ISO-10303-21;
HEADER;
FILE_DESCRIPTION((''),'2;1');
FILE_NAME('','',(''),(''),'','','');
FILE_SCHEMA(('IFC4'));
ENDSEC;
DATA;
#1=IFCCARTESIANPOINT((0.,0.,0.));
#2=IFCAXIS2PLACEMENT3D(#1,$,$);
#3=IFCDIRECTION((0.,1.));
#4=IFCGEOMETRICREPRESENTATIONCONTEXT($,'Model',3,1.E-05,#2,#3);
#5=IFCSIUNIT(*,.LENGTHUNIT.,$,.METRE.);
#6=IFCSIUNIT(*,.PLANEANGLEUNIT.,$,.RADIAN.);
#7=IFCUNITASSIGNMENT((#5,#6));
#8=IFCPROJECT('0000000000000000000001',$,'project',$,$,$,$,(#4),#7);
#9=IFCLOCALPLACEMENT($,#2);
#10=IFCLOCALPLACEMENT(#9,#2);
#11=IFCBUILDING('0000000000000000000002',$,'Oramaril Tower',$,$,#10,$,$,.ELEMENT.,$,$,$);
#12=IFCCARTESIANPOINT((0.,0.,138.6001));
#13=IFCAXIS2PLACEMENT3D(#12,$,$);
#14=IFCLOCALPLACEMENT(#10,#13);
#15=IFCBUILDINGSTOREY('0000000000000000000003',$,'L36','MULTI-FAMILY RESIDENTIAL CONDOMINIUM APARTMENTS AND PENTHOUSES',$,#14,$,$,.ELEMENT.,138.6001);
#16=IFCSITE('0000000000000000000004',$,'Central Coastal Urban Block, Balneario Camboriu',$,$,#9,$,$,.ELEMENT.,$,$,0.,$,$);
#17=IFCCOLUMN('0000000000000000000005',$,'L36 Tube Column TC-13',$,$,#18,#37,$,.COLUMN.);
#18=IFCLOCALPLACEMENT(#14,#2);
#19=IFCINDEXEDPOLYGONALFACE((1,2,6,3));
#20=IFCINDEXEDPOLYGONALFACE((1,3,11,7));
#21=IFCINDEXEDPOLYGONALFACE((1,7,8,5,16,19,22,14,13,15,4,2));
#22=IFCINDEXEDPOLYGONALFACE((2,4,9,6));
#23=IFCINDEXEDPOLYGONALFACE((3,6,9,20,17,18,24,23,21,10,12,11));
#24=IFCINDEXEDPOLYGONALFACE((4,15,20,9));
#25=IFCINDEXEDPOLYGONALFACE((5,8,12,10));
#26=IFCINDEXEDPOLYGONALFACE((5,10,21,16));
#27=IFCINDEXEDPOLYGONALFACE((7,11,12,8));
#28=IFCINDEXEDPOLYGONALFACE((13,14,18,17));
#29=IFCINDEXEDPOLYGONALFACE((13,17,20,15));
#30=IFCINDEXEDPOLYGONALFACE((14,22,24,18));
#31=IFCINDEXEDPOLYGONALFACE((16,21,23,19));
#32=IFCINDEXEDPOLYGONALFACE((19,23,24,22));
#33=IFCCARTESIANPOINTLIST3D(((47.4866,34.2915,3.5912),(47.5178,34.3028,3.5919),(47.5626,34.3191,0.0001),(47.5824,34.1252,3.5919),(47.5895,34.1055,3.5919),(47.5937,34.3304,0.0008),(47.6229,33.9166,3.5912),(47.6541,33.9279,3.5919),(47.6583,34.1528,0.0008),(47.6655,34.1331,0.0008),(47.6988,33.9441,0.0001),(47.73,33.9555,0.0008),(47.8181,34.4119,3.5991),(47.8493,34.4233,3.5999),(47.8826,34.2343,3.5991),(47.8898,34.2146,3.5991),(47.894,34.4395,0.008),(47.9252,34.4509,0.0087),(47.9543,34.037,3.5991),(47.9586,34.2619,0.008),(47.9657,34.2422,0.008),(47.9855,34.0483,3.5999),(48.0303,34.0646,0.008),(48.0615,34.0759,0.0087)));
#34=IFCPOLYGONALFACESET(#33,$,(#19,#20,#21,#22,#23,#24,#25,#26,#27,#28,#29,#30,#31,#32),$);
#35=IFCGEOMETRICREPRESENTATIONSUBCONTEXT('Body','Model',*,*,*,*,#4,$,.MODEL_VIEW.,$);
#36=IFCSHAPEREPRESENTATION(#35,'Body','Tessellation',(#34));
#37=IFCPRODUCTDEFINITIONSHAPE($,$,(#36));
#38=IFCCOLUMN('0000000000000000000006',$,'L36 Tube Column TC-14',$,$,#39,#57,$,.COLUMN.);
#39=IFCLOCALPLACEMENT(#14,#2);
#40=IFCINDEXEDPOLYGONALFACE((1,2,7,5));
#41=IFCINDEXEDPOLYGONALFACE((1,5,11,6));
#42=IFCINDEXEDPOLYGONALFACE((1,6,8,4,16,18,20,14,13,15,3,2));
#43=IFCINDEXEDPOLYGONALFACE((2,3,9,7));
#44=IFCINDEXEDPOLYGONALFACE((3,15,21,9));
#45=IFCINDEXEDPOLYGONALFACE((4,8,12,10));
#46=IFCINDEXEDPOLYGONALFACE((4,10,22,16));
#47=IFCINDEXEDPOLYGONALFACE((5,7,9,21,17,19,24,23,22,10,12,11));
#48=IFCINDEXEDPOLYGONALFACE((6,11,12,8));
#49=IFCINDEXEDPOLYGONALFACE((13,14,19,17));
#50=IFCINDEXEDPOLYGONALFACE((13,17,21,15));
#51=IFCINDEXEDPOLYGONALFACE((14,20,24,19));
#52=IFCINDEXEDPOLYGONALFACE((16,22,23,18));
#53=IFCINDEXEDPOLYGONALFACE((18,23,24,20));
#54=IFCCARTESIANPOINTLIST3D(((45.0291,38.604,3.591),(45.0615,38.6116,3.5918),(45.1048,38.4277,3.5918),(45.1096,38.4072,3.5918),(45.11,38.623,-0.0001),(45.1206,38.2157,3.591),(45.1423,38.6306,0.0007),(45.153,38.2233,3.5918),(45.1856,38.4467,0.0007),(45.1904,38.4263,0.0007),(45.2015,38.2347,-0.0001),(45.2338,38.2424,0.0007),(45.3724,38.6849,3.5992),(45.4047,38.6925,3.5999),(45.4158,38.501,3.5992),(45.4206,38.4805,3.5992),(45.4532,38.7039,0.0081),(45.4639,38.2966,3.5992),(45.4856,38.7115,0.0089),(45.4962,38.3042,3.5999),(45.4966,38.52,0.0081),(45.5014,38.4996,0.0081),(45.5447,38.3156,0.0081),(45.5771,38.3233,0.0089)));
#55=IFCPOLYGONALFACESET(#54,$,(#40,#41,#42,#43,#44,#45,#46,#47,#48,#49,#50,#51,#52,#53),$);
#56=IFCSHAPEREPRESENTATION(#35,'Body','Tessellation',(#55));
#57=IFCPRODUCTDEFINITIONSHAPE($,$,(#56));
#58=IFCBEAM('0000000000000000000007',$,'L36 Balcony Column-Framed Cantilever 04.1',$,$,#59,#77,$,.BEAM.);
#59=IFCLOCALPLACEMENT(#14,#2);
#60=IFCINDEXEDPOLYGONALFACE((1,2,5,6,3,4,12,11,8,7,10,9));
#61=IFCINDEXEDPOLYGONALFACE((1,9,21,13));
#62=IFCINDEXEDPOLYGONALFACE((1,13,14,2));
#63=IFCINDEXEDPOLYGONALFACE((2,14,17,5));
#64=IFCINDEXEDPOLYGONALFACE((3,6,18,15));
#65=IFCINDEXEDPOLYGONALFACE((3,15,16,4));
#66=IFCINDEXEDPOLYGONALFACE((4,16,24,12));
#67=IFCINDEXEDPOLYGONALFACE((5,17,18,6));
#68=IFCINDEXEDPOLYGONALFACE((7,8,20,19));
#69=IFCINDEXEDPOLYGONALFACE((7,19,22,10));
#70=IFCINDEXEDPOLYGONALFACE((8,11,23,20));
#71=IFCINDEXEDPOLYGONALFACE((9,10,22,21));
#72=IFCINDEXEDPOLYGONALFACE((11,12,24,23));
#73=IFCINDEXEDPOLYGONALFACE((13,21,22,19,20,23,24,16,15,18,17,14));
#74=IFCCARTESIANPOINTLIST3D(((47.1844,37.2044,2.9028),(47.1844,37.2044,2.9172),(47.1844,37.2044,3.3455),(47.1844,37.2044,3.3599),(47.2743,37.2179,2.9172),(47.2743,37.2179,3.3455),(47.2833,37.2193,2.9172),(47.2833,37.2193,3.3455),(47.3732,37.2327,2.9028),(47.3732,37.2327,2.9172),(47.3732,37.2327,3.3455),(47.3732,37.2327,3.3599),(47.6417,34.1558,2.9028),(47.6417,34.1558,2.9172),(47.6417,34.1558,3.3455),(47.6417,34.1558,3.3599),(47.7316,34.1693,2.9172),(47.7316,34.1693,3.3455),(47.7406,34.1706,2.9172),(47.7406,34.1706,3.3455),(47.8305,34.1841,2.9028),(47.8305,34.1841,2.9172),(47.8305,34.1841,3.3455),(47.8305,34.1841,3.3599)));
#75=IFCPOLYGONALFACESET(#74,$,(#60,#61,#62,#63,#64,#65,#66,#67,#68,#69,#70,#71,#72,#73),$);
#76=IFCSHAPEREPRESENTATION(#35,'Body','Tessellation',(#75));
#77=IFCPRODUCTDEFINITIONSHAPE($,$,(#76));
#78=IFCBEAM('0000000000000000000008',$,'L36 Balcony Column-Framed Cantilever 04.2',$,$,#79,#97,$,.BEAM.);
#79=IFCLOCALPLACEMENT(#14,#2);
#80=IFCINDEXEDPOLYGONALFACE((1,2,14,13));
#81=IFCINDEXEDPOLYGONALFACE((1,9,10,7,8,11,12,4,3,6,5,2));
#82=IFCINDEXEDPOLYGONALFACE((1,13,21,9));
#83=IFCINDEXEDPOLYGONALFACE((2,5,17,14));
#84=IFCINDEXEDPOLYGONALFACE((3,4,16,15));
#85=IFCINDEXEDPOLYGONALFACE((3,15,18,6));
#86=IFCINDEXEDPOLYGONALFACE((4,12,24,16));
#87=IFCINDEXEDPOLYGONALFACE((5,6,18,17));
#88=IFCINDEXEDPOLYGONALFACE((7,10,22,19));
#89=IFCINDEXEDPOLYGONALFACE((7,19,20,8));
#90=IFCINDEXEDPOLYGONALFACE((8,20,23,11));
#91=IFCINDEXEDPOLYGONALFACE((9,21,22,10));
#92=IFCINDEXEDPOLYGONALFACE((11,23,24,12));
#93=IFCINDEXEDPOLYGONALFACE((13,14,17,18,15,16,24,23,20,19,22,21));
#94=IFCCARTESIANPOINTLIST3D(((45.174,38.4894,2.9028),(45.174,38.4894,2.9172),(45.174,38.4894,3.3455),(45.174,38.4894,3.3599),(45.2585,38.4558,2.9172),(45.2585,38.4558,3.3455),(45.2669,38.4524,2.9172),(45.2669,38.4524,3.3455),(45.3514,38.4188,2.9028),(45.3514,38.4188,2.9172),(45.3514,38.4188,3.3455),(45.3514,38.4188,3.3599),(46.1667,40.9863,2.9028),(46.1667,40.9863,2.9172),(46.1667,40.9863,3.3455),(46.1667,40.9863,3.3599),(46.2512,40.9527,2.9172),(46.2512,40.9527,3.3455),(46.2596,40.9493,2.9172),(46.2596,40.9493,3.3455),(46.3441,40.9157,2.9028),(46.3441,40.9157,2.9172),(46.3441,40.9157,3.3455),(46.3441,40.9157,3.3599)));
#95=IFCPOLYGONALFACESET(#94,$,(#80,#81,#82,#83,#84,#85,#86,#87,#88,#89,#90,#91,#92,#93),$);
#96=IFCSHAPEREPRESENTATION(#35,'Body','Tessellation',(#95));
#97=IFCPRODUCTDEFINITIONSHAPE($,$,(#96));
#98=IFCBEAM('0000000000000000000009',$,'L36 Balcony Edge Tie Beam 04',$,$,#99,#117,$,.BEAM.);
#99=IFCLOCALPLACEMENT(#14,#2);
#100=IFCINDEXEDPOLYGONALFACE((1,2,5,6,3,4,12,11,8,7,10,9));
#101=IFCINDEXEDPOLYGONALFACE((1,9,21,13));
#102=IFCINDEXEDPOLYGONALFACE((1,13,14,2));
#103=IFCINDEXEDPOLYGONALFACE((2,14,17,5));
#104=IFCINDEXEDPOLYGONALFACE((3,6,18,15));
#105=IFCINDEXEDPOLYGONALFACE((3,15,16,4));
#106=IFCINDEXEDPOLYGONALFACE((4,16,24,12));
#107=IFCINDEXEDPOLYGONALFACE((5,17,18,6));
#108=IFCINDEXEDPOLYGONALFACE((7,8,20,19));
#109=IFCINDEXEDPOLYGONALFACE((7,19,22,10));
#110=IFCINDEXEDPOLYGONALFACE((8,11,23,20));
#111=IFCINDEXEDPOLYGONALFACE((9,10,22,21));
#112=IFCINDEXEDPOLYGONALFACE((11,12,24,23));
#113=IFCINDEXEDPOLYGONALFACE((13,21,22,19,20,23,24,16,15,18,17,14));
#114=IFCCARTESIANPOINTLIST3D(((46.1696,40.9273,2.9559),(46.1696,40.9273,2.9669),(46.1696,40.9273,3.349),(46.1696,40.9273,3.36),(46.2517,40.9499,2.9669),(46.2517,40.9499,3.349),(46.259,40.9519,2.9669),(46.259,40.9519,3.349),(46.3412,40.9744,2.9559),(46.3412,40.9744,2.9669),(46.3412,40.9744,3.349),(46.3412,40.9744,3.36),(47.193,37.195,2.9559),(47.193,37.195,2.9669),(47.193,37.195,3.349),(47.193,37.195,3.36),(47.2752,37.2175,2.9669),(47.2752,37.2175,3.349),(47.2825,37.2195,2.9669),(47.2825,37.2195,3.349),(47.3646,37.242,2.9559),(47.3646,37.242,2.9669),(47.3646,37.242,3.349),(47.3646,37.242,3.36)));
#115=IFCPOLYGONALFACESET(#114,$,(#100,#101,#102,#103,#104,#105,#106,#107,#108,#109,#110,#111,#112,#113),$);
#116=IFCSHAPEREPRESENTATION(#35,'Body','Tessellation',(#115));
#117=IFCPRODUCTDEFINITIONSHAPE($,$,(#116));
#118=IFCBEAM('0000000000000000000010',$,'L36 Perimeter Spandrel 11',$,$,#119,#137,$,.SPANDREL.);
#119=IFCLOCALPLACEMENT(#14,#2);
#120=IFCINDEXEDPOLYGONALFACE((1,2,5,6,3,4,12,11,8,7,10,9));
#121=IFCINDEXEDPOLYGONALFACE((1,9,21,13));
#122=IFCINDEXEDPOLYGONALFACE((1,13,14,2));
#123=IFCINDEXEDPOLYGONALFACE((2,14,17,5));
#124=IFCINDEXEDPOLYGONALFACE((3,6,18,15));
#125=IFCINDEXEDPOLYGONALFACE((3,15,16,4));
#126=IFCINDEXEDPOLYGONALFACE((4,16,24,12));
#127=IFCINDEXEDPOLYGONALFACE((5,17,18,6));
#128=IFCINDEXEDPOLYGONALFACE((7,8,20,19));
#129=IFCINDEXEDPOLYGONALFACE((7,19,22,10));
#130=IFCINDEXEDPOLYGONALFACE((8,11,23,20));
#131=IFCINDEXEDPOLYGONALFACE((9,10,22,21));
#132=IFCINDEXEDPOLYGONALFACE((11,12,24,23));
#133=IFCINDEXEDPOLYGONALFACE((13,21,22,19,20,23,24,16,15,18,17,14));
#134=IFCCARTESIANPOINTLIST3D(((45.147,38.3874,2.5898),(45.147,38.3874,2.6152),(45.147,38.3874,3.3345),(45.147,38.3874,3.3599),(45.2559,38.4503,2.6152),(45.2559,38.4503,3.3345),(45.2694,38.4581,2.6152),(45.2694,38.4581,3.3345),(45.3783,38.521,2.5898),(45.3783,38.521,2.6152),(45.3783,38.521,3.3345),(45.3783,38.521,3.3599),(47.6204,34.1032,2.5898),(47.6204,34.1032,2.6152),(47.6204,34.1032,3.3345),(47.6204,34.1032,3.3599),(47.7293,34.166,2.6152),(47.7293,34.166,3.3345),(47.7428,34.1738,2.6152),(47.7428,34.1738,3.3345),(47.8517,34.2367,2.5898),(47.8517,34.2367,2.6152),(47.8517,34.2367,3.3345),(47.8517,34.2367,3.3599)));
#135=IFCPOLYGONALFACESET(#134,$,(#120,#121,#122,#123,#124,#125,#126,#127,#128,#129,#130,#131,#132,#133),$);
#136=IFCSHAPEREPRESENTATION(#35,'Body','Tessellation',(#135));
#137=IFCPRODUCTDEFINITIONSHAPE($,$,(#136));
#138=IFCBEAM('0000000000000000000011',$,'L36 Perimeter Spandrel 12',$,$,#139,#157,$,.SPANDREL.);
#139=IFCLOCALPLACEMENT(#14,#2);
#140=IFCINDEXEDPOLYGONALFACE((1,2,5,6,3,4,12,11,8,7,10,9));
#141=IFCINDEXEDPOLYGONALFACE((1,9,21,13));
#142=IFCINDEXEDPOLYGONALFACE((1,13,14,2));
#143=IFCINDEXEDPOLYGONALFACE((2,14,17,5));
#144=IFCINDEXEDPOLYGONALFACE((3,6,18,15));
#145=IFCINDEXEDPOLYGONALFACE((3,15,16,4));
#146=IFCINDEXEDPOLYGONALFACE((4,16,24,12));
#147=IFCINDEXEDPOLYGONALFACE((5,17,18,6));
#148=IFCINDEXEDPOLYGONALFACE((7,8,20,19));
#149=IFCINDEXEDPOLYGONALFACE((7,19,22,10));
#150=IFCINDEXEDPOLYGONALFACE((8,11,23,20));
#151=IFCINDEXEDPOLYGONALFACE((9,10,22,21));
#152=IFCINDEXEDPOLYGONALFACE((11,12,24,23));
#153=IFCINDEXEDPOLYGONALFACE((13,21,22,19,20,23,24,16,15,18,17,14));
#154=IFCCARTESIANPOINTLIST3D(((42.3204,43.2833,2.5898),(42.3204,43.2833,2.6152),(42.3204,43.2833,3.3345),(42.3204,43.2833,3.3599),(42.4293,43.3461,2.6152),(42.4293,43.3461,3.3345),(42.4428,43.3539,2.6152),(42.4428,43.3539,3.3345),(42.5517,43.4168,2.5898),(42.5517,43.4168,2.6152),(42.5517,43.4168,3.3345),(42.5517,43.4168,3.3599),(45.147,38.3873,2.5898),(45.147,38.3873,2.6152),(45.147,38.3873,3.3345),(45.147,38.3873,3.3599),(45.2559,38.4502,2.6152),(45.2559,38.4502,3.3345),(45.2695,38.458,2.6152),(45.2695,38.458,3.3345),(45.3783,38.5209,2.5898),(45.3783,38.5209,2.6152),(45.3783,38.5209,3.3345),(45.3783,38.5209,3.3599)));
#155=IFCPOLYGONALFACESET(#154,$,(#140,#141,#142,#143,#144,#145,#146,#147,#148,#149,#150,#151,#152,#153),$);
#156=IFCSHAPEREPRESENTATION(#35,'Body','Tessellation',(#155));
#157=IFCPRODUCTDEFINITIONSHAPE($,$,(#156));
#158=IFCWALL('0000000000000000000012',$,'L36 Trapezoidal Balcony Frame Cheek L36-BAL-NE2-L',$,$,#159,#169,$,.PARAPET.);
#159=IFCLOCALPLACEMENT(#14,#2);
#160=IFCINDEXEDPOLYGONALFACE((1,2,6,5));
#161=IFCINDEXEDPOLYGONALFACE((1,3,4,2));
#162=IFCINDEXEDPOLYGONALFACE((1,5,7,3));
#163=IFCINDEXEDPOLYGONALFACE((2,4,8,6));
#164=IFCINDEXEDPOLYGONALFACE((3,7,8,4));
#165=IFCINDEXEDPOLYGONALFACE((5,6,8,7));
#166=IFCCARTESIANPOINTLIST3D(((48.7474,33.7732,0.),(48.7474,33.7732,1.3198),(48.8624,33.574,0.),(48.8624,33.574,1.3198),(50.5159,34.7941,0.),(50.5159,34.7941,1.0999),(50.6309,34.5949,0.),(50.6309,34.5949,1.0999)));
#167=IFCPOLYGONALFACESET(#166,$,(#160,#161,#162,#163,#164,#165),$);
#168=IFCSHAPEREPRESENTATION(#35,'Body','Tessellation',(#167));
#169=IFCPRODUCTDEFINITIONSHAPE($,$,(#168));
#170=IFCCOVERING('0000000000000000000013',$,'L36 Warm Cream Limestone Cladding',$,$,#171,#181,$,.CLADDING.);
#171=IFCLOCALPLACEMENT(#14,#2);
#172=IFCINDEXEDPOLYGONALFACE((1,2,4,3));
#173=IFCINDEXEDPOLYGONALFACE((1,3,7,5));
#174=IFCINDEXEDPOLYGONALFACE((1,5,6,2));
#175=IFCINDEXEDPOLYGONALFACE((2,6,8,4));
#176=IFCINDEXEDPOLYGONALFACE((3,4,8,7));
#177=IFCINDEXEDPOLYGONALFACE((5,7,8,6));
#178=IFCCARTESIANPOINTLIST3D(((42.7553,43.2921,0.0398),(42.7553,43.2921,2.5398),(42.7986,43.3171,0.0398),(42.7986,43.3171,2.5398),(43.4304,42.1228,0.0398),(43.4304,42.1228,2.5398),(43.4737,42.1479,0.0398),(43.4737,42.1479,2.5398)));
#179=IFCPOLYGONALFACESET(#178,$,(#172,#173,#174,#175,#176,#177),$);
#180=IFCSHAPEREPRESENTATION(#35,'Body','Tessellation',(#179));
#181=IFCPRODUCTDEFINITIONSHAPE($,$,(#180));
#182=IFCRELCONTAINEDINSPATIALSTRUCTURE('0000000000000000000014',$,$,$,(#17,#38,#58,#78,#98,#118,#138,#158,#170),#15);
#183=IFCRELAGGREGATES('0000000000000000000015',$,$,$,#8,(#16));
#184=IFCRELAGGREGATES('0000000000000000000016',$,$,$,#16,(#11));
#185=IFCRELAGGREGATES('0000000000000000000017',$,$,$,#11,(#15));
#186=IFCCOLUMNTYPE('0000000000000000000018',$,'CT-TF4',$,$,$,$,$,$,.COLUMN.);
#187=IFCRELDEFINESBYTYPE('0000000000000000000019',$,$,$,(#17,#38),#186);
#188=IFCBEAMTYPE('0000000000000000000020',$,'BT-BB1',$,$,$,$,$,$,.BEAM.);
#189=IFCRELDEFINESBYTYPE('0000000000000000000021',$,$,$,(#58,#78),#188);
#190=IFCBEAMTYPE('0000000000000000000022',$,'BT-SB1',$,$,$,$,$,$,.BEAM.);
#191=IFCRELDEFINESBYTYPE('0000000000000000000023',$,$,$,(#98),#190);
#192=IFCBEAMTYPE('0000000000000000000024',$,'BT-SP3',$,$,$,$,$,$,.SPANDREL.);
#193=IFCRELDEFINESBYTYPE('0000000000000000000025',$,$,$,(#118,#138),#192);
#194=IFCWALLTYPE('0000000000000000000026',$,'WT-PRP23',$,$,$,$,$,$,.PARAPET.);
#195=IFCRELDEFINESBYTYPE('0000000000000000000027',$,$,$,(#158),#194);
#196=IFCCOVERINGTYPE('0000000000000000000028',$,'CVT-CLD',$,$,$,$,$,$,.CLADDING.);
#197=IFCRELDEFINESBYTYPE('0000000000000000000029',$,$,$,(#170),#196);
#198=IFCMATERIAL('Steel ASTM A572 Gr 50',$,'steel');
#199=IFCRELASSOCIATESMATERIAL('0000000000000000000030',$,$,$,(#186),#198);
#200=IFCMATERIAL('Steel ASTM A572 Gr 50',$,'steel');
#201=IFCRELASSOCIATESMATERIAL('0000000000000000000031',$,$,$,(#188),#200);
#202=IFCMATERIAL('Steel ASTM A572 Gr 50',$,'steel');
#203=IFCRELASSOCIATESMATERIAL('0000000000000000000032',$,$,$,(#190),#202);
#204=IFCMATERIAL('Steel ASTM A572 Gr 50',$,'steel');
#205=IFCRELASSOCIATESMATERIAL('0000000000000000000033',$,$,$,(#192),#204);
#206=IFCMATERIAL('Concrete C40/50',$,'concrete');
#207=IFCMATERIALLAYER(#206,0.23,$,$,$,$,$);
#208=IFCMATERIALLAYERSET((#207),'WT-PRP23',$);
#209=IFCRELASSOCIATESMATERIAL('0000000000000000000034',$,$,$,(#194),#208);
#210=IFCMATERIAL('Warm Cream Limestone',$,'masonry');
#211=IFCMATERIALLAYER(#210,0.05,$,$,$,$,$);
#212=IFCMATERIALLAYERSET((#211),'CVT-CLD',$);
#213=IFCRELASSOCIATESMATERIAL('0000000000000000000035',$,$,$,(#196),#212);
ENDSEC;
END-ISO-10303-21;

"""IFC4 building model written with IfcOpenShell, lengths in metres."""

from ifc_helpers import new_model, si_unit, direction, frame, origin, origin_2d, place, context, subcontext, project, spatial, polyline, rectangle, i_section, outline, extrude, material, layer, layer_set, material_profile, profile_set, type_object, element, save


model = new_model("IFC4")

# Units and contexts
model_context = context("Model", 3, precision=1e-05, world=origin(), true_north=direction((0.0, 1.0)))
body_context = subcontext(model_context, "Body", "Model", "MODEL_VIEW")
ifc_project = project(units=[si_unit("LENGTHUNIT", "METRE"), si_unit("PLANEANGLEUNIT", "RADIAN")], contexts=[model_context])

# Site, building, storey
site_placement = place(None, origin())
site = spatial("IfcSite", under=ifc_project, at=site_placement, Name="Central Coastal Urban Block, Balneario Camboriu", CompositionType="ELEMENT", RefElevation=0.0)
building_placement = place(site_placement, origin())
building = spatial("IfcBuilding", under=site, at=building_placement, Name="Oramaril Tower", CompositionType="ELEMENT")
storey_placement = place(building_placement, frame((0.0, 0.0, 138.6001)))
storey = spatial("IfcBuildingStorey", under=building, at=storey_placement, Name="L36", Description="MULTI-FAMILY RESIDENTIAL CONDOMINIUM APARTMENTS AND PENTHOUSES", CompositionType="ELEMENT", Elevation=138.6001)

# Columns
ifc_material_1 = material(Name="Steel ASTM A572 Gr 50", Category="steel")
ifc_material_profile_1 = material_profile(ifc_material_1, i_section(OverallWidth=0.3989, OverallDepth=0.386, WebThickness=0.021, FlangeThickness=0.0332, at=origin_2d()), Name="W14X176")
ifc_profile_set_1 = profile_set([ifc_material_profile_1], Name="Steel ASTM A572 Gr 50")
column_type = type_object("IfcColumnType", Name="CT-TF4", PredefinedType="COLUMN", material=ifc_profile_set_1)
for number, where, z_axis, x_axis, name in (
    (1, (47.812, 34.1975, 0.0044), (-0.021138, -0.00768, 0.999747), (0.3415, -0.939882, 0.0), "L36 Tube Column TC-13"),
    (2, (45.3435, 38.4731, 0.0044), (-0.022497, -0.005301, 0.999733), (0.229367, -0.97334, 0.0), "L36 Tube Column TC-14"),
):
    element("IfcColumn", number, at=place(storey_placement, frame(where, z_axis=z_axis, x_axis=x_axis)), inside=storey, type_object=column_type, Name=name, PredefinedType="COLUMN", context=body_context, shape_type="SweptSolid", body=[
        extrude(i_section(OverallWidth=0.3989, OverallDepth=0.386, WebThickness=0.021, FlangeThickness=0.0332, at=origin_2d()), origin(), (0.0, 0.0, 1.0), 3.592),
    ])

# Beams
ifc_material_2 = material(Name="Steel ASTM A572 Gr 50", Category="steel")
ifc_material_profile_2 = material_profile(ifc_material_2, i_section(OverallWidth=0.1909, OverallDepth=0.457, WebThickness=0.009, FlangeThickness=0.0144, at=origin_2d()), Name="W18X50")
ifc_profile_set_2 = profile_set([ifc_material_profile_2], Name="Steel ASTM A572 Gr 50")
beam_type_1 = type_object("IfcBeamType", Name="BT-BB1", PredefinedType="BEAM", material=ifc_profile_set_2)
beam_1_placement = place(storey_placement, frame((47.7361, 34.1699, 3.1313), z_axis=(-0.148337, 0.988937, 0.0), x_axis=(-0.988937, -0.148337, 0.0)))
element("IfcBeam", 3, at=beam_1_placement, inside=storey, type_object=beam_type_1, Name="L36 Balcony Column-Framed Cantilever 04.1", PredefinedType="BEAM", context=body_context, shape_type="SweptSolid", body=[
    extrude(i_section(OverallWidth=0.1909, OverallDepth=0.457, WebThickness=0.009, FlangeThickness=0.0144, at=origin_2d()), origin(), (0.0, 0.0, 1.0), 3.0828),
])
beam_2_placement = place(storey_placement, frame((45.2627, 38.4541, 3.1313), z_axis=(0.369447, 0.929252, 0.0), x_axis=(-0.929252, 0.369447, 0.0)))
element("IfcBeam", 4, at=beam_2_placement, inside=storey, type_object=beam_type_1, Name="L36 Balcony Column-Framed Cantilever 04.2", PredefinedType="BEAM", context=body_context, shape_type="SweptSolid", body=[
    extrude(i_section(OverallWidth=0.1909, OverallDepth=0.457, WebThickness=0.009, FlangeThickness=0.0144, at=origin_2d()), origin(), (0.0, 0.0, 1.0), 2.687),
])
ifc_material_3 = material(Name="Steel ASTM A572 Gr 50", Category="steel")
ifc_material_profile_3 = material_profile(ifc_material_3, i_section(OverallWidth=0.178, OverallDepth=0.4041, WebThickness=0.0076, FlangeThickness=0.011, at=origin_2d()), Name="W16X36")
ifc_profile_set_3 = profile_set([ifc_material_profile_3], Name="Steel ASTM A572 Gr 50")
beam_type_2 = type_object("IfcBeamType", Name="BT-SB1", PredefinedType="BEAM", material=ifc_profile_set_3)
beam_3_placement = place(storey_placement, frame((47.2788, 37.2185, 3.158), z_axis=(-0.264441, 0.964402, 0.0), x_axis=(-0.964402, -0.264441, 0.0)))
element("IfcBeam", 5, at=beam_3_placement, inside=storey, type_object=beam_type_2, Name="L36 Balcony Edge Tie Beam 04", PredefinedType="BEAM", context=body_context, shape_type="SweptSolid", body=[
    extrude(i_section(OverallWidth=0.178, OverallDepth=0.4041, WebThickness=0.0076, FlangeThickness=0.011, at=origin_2d()), origin(), (0.0, 0.0, 1.0), 3.8701),
])
ifc_material_4 = material(Name="Steel ASTM A572 Gr 50", Category="steel")
ifc_material_profile_4 = material_profile(ifc_material_4, i_section(OverallWidth=0.2671, OverallDepth=0.77, WebThickness=0.0156, FlangeThickness=0.0254, at=origin_2d()), Name="W30X132")
ifc_profile_set_4 = profile_set([ifc_material_profile_4], Name="Steel ASTM A572 Gr 50")
beam_type_3 = type_object("IfcBeamType", Name="BT-SP3", PredefinedType="SPANDREL", material=ifc_profile_set_4)
beam_4_placement = place(storey_placement, frame((47.7361, 34.1699, 2.9749), z_axis=(-0.499987, 0.866033, 0.0), x_axis=(-0.866033, -0.499987, 0.0)))
element("IfcBeam", 6, at=beam_4_placement, inside=storey, type_object=beam_type_3, Name="L36 Perimeter Spandrel 11", PredefinedType="SPANDREL", context=body_context, shape_type="SweptSolid", body=[
    extrude(i_section(OverallWidth=0.2671, OverallDepth=0.77, WebThickness=0.0156, FlangeThickness=0.0254, at=origin_2d()), origin(), (0.0, 0.0, 1.0), 4.947),
])
beam_5_placement = place(storey_placement, frame((45.2627, 38.4541, 2.9749), z_axis=(-0.499994, 0.866029, 0.0), x_axis=(-0.866029, -0.499994, 0.0)))
element("IfcBeam", 7, at=beam_5_placement, inside=storey, type_object=beam_type_3, Name="L36 Perimeter Spandrel 12", PredefinedType="SPANDREL", context=body_context, shape_type="SweptSolid", body=[
    extrude(i_section(OverallWidth=0.2671, OverallDepth=0.77, WebThickness=0.0156, FlangeThickness=0.0254, at=origin_2d()), origin(), (0.0, 0.0, 1.0), 5.6533),
])

# Wall
ifc_material_5 = material(Name="Concrete C40/50", Category="concrete")
ifc_layer_1 = layer(ifc_material_5, 0.23)
ifc_layer_set_1 = layer_set([ifc_layer_1], Name="WT-PRP23")
wall_type = type_object("IfcWallType", Name="WT-PRP23", PredefinedType="PARAPET", material=ifc_layer_set_1)
wall_placement = place(storey_placement, frame((48.8049, 33.6736, 0.0), z_axis=(0.0, 0.0, 1.0), x_axis=(0.866042, 0.499971, 0.0)))
element("IfcWall", 8, at=wall_placement, inside=storey, type_object=wall_type, Name="L36 Trapezoidal Balcony Frame Cheek L36-BAL-NE2-L", PredefinedType="PARAPET", context=body_context, shape_type="SweptSolid", body=[
    extrude(outline(polyline([(0.0, 0.0), (2.042, 0.0), (2.042, 1.0999), (0.0, 1.3198), (0.0, 0.0)])), frame((0.0, 0.115, 0.0), z_axis=(0.0, -1.0, 0.0), x_axis=(1.0, 0.0, 0.0)), (0.0, 0.0, 1.0), 0.23),
])

# Covering
ifc_material_6 = material(Name="Warm Cream Limestone", Category="masonry")
ifc_layer_2 = layer(ifc_material_6, 0.05)
ifc_layer_set_2 = layer_set([ifc_layer_2], Name="CVT-CLD")
covering_type = type_object("IfcCoveringType", Name="CVT-CLD", PredefinedType="CLADDING", material=ifc_layer_set_2)
covering_1_placement = place(storey_placement, frame((43.1145, 42.72, 0.0398), z_axis=(0.0, 0.0, 1.0), x_axis=(-0.5, 0.866025, 0.0)))
element("IfcCovering", 9, at=covering_1_placement, inside=storey, type_object=covering_type, Name="L36 Warm Cream Limestone Cladding", PredefinedType="CLADDING", context=body_context, shape_type="SweptSolid", body=[
    extrude(rectangle(XDim=1.3501, YDim=0.05, at=origin_2d()), origin(), (0.0, 0.0, 1.0), 2.5),
])

save(model, "model.ifc")
